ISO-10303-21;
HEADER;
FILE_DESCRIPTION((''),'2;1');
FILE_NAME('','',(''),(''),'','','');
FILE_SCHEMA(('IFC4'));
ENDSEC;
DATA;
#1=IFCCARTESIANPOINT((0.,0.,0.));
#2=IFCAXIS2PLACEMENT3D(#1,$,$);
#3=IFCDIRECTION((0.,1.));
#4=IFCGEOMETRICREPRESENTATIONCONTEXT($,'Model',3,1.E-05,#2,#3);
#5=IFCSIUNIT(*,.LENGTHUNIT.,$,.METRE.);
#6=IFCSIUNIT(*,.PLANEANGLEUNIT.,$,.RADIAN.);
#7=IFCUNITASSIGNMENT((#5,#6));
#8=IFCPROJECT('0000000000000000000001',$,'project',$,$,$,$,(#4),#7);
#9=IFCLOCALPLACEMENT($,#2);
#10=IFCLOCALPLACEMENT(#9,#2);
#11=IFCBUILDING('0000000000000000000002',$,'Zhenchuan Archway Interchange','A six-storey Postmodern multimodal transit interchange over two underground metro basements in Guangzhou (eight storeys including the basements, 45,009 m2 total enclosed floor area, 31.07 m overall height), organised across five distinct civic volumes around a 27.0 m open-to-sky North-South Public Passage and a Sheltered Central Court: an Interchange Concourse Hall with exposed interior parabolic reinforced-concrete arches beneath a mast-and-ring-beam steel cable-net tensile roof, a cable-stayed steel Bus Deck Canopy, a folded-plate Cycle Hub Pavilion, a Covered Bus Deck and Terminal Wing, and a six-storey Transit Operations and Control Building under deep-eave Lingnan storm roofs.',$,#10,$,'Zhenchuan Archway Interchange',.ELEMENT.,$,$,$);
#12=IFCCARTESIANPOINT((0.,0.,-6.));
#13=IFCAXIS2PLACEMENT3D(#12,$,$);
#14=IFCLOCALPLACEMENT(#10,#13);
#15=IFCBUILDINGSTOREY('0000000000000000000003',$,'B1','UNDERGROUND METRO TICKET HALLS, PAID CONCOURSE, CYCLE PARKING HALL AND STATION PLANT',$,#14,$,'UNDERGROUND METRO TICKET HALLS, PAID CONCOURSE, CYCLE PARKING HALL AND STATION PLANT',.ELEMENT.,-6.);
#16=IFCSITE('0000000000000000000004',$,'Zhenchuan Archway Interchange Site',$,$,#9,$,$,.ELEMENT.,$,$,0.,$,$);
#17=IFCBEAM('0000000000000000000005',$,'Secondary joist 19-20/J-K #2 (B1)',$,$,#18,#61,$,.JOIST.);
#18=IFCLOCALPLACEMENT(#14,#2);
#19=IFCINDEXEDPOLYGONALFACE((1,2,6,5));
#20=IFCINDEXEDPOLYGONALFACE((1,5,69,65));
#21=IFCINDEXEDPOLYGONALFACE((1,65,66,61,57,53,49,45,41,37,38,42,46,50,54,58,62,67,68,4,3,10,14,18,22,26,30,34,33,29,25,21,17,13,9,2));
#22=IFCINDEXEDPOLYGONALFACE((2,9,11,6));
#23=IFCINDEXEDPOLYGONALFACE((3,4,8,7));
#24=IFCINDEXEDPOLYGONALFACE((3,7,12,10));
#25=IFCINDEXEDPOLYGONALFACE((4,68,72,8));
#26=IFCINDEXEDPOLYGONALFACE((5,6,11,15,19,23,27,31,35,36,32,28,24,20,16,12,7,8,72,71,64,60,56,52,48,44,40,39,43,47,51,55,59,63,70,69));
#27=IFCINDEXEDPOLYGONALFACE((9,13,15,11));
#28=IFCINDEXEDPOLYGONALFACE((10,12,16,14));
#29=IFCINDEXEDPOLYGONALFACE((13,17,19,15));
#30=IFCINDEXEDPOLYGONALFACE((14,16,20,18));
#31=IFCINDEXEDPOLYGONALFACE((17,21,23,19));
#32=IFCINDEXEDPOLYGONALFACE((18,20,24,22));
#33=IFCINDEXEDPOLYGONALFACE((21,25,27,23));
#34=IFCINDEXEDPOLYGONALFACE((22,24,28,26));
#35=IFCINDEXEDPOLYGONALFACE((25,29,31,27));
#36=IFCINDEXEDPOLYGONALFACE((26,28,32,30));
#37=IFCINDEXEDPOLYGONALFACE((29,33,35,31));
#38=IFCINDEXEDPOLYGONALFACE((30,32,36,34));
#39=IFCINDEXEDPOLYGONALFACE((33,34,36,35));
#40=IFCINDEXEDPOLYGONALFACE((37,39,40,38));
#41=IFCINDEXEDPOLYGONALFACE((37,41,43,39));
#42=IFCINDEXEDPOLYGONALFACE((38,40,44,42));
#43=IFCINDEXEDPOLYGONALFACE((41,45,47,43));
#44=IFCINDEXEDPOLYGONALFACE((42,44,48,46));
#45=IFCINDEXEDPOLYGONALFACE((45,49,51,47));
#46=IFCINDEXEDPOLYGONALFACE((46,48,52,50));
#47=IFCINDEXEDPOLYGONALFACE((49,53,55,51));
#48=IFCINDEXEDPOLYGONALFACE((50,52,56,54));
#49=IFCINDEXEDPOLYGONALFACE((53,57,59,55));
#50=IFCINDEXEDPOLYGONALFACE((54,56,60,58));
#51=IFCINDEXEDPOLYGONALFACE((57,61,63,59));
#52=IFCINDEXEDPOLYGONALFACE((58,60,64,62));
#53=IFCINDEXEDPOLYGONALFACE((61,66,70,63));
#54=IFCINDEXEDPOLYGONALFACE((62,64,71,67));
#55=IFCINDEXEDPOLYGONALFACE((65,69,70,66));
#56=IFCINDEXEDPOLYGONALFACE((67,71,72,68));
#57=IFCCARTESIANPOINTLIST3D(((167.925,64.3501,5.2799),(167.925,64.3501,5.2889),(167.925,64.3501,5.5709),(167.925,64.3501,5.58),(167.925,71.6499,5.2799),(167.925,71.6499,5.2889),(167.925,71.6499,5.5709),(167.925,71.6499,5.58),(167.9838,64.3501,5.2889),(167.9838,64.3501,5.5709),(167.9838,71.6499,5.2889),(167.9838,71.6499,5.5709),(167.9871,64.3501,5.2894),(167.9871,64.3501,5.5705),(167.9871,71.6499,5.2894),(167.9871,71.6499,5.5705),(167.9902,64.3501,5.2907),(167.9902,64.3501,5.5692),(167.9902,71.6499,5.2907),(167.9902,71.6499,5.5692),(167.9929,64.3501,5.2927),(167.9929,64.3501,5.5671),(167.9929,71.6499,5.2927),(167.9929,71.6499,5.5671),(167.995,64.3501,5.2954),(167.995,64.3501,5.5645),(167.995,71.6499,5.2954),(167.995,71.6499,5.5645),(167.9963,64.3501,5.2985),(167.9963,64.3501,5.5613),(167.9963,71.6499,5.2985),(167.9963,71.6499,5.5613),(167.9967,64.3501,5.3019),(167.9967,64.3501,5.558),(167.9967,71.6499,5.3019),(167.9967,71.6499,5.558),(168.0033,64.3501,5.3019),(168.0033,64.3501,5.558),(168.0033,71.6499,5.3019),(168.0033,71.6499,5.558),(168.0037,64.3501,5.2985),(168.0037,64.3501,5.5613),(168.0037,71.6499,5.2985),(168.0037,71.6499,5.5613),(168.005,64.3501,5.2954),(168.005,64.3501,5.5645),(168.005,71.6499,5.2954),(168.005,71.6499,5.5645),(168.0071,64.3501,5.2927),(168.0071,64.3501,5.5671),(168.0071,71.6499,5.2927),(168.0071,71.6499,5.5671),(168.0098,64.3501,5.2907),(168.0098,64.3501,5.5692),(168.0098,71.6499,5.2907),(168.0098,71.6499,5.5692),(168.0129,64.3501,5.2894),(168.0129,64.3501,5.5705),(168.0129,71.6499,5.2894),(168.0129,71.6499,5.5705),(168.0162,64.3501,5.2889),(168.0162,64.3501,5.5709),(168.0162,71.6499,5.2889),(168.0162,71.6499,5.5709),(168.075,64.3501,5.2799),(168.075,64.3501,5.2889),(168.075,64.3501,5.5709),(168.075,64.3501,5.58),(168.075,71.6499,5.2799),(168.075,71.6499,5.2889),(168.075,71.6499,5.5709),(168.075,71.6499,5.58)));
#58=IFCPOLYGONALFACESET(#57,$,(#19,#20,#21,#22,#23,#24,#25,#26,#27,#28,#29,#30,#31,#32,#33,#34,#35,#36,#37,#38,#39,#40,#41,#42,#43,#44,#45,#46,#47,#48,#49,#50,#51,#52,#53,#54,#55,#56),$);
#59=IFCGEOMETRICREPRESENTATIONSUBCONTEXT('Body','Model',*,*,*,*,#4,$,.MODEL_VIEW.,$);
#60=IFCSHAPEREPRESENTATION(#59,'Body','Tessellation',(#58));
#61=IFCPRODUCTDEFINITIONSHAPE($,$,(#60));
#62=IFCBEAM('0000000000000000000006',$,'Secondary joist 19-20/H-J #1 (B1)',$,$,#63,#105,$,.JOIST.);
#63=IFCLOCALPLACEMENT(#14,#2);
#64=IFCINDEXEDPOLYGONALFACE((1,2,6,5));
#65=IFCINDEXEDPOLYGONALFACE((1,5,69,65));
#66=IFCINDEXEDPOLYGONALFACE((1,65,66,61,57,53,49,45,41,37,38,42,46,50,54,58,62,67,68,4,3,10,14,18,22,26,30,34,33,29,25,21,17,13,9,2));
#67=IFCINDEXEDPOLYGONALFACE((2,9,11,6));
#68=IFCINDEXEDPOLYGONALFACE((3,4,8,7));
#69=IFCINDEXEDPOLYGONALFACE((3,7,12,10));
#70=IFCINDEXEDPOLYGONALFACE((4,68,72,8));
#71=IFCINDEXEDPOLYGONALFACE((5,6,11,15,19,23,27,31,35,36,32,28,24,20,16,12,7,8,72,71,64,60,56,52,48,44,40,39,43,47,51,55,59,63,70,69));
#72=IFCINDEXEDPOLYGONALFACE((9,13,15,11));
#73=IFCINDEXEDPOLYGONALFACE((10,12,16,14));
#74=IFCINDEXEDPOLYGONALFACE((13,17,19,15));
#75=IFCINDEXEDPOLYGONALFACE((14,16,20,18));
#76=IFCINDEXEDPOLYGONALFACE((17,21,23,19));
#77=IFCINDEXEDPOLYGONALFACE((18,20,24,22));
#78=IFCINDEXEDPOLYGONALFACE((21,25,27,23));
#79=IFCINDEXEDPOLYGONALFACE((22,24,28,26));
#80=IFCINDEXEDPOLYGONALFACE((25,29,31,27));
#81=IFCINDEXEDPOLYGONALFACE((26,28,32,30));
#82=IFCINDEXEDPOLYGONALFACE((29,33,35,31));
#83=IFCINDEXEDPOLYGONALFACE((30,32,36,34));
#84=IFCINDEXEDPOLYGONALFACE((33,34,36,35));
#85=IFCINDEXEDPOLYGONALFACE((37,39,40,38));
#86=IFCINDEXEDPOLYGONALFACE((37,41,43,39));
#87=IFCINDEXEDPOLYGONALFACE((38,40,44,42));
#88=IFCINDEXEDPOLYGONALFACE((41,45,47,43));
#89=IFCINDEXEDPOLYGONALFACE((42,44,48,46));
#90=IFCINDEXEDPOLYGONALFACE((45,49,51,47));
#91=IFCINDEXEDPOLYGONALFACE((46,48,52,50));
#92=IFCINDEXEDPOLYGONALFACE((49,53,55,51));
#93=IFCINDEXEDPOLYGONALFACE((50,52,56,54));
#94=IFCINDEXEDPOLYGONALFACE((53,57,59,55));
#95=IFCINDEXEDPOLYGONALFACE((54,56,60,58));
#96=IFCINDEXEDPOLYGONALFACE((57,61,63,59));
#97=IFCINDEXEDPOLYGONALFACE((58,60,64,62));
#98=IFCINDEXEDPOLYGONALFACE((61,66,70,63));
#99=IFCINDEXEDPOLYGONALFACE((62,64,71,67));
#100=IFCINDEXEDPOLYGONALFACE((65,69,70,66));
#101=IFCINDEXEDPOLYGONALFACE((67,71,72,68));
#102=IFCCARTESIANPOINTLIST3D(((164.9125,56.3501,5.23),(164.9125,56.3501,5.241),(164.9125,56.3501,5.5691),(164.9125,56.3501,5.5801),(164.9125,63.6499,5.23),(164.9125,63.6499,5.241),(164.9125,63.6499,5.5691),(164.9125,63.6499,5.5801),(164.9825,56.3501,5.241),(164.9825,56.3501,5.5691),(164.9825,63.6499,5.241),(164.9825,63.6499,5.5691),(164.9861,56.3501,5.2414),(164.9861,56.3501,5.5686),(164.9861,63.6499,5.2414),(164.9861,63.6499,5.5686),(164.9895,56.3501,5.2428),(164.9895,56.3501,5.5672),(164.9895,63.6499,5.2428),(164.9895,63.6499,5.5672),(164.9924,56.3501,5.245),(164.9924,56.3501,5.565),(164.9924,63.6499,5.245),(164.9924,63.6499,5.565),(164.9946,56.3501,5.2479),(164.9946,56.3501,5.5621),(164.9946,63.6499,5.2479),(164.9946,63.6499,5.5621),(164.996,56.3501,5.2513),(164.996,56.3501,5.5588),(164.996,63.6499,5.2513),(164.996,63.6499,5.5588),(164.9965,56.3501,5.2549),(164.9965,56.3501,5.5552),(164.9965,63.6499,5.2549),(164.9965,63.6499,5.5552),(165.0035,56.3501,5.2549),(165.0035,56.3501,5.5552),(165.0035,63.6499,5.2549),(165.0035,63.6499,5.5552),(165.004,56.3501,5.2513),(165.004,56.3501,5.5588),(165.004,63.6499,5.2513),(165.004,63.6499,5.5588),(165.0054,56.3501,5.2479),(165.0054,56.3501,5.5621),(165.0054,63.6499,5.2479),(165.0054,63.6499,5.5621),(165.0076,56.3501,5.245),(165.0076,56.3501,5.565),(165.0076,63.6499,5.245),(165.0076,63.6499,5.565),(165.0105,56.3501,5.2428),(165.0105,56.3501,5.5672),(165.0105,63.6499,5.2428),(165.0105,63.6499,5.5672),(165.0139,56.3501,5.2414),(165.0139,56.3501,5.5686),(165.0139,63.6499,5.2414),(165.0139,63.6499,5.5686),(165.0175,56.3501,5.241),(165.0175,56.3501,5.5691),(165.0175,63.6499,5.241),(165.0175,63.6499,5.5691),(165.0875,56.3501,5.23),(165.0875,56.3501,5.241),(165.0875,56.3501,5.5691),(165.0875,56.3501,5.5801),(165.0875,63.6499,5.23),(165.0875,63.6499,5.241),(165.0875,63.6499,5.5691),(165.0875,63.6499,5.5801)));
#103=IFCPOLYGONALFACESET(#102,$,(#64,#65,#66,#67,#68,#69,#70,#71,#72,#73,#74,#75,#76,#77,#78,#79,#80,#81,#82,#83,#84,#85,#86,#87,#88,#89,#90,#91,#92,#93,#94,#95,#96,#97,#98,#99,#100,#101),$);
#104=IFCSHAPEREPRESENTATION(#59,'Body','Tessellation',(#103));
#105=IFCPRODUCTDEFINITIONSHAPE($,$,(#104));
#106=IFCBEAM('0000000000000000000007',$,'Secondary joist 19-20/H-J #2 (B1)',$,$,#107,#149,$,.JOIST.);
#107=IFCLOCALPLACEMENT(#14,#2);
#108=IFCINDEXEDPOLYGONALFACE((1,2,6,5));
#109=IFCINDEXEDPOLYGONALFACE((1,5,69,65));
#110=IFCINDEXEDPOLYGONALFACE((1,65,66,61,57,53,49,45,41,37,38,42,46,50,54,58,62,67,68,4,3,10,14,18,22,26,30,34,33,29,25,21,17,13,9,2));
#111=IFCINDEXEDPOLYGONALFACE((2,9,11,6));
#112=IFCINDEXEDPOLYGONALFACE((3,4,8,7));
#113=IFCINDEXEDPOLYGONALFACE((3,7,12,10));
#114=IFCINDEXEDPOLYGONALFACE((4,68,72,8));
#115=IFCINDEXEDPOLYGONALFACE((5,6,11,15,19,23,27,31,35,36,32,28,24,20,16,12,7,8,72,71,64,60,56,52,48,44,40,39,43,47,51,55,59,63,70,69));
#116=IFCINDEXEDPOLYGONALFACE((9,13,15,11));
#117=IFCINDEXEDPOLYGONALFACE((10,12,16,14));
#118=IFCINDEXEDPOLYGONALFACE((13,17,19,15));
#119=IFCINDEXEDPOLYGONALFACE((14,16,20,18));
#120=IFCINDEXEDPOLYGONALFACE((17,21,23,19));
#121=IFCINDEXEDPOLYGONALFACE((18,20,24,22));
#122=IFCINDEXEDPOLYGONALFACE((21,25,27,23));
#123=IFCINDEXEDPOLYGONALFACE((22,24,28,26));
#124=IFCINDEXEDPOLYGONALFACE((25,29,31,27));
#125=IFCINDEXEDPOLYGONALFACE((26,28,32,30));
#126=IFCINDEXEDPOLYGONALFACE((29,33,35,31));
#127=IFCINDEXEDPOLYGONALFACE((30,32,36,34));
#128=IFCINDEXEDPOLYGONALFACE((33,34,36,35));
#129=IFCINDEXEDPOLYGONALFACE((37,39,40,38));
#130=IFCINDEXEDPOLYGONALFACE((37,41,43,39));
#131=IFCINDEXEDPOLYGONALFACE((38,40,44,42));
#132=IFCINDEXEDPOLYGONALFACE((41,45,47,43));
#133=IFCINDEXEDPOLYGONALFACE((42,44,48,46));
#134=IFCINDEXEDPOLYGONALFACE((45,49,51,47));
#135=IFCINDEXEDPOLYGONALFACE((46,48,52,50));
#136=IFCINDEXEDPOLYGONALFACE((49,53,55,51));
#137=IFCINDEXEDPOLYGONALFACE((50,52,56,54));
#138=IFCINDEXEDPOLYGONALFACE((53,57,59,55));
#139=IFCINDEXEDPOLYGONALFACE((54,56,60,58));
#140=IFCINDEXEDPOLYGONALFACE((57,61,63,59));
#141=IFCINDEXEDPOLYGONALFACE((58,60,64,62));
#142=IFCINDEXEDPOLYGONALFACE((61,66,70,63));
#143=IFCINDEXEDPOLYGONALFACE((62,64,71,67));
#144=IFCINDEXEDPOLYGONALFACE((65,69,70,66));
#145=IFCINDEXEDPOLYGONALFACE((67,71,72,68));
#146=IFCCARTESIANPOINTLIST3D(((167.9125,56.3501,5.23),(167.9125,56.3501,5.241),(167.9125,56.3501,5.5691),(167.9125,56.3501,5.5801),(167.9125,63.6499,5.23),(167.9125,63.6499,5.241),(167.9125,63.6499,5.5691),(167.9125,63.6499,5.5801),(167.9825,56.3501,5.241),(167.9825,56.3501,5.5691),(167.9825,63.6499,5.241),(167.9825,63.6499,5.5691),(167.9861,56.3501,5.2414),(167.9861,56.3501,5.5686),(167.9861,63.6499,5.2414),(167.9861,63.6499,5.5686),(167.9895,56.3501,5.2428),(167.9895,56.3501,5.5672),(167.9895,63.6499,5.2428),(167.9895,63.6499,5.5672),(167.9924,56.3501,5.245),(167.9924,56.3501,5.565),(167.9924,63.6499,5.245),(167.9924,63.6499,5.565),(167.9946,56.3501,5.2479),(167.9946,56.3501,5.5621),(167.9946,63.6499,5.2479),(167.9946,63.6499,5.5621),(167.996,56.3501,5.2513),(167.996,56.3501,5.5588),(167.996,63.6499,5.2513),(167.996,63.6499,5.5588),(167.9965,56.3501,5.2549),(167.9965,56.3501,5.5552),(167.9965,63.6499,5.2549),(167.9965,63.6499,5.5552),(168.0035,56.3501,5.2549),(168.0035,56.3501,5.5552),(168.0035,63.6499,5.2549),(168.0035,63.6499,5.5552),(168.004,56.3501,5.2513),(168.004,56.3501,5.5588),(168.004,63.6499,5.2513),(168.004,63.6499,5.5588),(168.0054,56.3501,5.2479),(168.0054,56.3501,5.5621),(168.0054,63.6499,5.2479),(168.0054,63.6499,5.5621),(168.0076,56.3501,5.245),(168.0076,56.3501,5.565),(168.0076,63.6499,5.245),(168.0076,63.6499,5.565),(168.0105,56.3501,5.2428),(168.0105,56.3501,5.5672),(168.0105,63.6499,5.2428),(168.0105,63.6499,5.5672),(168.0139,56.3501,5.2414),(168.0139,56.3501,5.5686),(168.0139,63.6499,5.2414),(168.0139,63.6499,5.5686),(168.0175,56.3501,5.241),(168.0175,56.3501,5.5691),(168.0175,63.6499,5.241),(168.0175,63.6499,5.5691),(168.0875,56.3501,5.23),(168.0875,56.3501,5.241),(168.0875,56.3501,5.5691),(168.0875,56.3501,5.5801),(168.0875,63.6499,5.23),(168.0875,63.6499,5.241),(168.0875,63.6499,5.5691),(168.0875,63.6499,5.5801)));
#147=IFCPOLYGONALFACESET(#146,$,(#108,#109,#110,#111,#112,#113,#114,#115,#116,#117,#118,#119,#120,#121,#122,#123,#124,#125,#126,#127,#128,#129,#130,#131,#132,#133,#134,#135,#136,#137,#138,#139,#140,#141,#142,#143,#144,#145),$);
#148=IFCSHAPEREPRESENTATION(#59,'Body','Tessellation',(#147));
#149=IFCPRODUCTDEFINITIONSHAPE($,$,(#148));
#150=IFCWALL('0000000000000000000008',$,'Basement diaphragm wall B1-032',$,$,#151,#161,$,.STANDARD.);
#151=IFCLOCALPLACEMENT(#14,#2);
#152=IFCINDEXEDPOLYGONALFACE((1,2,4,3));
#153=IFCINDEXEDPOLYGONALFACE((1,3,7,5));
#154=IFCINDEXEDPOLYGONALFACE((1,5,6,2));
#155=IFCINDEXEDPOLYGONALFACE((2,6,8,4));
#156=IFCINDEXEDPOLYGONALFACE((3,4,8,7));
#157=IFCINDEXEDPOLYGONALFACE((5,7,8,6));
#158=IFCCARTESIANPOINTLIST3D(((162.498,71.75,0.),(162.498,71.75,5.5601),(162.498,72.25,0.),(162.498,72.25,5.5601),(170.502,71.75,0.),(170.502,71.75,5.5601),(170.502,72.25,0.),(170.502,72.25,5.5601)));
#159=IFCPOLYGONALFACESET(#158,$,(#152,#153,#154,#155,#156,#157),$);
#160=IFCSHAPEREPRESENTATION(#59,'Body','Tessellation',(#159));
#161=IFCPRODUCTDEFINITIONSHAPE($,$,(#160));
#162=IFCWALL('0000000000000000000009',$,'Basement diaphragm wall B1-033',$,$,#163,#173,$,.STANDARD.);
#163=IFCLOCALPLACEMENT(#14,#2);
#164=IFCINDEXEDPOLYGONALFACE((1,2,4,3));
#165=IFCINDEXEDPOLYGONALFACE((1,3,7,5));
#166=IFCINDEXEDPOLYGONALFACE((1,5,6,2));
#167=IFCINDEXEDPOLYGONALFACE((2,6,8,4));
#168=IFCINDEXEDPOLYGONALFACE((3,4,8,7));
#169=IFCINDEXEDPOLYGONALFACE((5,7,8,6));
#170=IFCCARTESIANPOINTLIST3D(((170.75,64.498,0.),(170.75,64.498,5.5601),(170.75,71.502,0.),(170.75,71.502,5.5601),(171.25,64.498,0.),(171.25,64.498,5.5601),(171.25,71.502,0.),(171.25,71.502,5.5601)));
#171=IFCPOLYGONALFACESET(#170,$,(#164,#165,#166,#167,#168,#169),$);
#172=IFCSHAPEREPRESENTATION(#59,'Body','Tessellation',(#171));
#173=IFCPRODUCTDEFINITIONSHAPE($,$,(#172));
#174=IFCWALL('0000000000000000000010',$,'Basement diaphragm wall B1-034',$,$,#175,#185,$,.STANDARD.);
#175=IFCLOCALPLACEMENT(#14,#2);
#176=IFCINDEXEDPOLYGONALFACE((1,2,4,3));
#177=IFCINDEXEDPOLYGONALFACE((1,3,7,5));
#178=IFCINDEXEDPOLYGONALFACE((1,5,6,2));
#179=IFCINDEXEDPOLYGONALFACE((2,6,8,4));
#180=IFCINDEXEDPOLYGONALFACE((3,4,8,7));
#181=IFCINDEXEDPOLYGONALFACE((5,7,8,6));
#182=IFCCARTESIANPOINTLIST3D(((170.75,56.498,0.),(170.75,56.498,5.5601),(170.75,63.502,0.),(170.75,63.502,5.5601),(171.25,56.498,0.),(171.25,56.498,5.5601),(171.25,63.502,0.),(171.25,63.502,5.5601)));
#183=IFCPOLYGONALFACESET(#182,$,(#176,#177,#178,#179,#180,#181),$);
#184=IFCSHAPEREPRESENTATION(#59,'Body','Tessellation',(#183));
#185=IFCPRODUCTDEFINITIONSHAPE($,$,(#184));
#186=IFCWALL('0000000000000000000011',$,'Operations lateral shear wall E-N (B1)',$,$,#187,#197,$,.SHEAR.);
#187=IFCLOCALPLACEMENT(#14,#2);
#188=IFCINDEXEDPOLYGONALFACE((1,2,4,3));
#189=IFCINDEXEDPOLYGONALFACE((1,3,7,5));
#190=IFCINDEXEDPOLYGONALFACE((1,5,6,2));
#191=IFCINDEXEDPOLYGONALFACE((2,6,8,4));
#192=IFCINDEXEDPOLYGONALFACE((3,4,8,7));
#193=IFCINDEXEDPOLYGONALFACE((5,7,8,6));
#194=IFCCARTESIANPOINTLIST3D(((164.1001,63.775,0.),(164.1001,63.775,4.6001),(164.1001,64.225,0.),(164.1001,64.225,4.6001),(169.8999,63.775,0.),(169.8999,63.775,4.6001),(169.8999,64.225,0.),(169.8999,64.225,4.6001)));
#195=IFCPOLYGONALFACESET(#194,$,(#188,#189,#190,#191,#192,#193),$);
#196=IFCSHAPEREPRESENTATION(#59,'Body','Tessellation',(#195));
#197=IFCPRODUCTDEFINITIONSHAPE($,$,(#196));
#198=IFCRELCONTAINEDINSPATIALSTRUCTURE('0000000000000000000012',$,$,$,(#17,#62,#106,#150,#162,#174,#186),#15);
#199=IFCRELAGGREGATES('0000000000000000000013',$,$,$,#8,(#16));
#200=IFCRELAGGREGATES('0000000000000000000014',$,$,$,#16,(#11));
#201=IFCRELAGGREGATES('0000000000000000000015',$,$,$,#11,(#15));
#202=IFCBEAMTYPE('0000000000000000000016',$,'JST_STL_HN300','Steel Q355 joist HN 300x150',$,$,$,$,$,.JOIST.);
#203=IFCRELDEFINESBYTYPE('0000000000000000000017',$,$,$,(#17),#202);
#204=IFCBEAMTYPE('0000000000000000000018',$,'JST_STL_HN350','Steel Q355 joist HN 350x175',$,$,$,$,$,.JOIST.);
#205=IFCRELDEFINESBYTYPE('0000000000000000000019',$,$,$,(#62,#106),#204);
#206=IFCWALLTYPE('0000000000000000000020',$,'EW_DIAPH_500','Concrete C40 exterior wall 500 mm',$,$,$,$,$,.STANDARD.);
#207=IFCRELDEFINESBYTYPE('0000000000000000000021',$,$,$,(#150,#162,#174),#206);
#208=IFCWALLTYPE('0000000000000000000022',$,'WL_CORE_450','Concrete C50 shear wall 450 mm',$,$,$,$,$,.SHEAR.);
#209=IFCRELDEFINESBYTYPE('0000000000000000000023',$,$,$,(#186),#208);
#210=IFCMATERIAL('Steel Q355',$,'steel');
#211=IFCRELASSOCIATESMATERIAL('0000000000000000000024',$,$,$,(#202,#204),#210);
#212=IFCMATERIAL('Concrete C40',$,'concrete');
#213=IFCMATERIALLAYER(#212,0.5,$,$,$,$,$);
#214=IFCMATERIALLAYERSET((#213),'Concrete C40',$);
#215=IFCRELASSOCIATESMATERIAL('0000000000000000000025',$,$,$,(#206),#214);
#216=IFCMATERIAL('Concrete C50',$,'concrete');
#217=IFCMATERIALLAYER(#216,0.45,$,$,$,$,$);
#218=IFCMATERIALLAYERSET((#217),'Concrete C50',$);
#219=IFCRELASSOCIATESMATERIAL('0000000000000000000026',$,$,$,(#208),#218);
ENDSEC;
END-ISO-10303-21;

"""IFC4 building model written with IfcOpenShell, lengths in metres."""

from ifc_helpers import new_model, si_unit, direction, frame, frame_2d, origin, origin_2d, place, context, subcontext, project, spatial, rectangle, i_section, extrude, material, layer, layer_set, material_profile, profile_set, type_object, element, save


model = new_model("IFC4")

# Units and contexts
model_context = context("Model", 3, precision=1e-05, world=origin(), true_north=direction((0.0, 1.0)))
body_context = subcontext(model_context, "Body", "Model", "MODEL_VIEW")
ifc_project = project(units=[si_unit("LENGTHUNIT", "METRE"), si_unit("PLANEANGLEUNIT", "RADIAN")], contexts=[model_context])

# Site, building, storey
site_placement = place(None, origin())
site = spatial("IfcSite", under=ifc_project, at=site_placement, Name="Zhenchuan Archway Interchange Site", CompositionType="ELEMENT", RefElevation=0.0)
building_placement = place(site_placement, origin())
building = spatial("IfcBuilding", under=site, at=building_placement, Name="Zhenchuan Archway Interchange", Description="A six-storey Postmodern multimodal transit interchange over two underground metro basements in Guangzhou (eight storeys including the basements, 45,009 m2 total enclosed floor area, 31.07 m overall height), organised across five distinct civic volumes around a 27.0 m open-to-sky North-South Public Passage and a Sheltered Central Court: an Interchange Concourse Hall with exposed interior parabolic reinforced-concrete arches beneath a mast-and-ring-beam steel cable-net tensile roof, a cable-stayed steel Bus Deck Canopy, a folded-plate Cycle Hub Pavilion, a Covered Bus Deck and Terminal Wing, and a six-storey Transit Operations and Control Building under deep-eave Lingnan storm roofs.", LongName="Zhenchuan Archway Interchange", CompositionType="ELEMENT")
storey_placement = place(building_placement, frame((0.0, 0.0, -6.0)))
storey = spatial("IfcBuildingStorey", under=building, at=storey_placement, Name="B1", Description="UNDERGROUND METRO TICKET HALLS, PAID CONCOURSE, CYCLE PARKING HALL AND STATION PLANT", LongName="UNDERGROUND METRO TICKET HALLS, PAID CONCOURSE, CYCLE PARKING HALL AND STATION PLANT", CompositionType="ELEMENT", Elevation=-6.0)

# Shared definitions
ifc_material_1 = material(Name="Concrete C50", Category="concrete")

# Beams
ifc_material_2 = material(Name="Concrete C40", Category="concrete")
ifc_material_3 = material(Name="Steel Q355", Category="steel")
ifc_material_profile_1 = material_profile(ifc_material_3, i_section(OverallWidth=0.1499, OverallDepth=0.3, WebThickness=0.0066, FlangeThickness=0.009, FilletRadius=0.0129, at=origin_2d()), Name="HN 300x150")
ifc_profile_set_1 = profile_set([ifc_material_profile_1], Name="Steel Q355")
beam_type_1 = type_object("IfcBeamType", Name="JST_STL_HN300", Description="Steel Q355 joist HN 300x150", PredefinedType="JOIST", material=ifc_profile_set_1)
for number, where, z_axis, x_axis, name in (
    (1, (168.0, 64.3501, 5.4299), (0.0, 1.0, 0.0), (-1.0, 0.0, 0.0), "Secondary joist 19-20/J-K #2 (B1)"),
):
    element("IfcBeam", number, at=place(storey_placement, frame(where, z_axis=z_axis, x_axis=x_axis)), inside=storey, type_object=beam_type_1, Name=name, PredefinedType="JOIST", context=body_context, shape_type="SweptSolid", body=[
        extrude(i_section(OverallWidth=0.1499, OverallDepth=0.3, WebThickness=0.0066, FlangeThickness=0.009, FilletRadius=0.0129, at=origin_2d()), origin(), (0.0, 0.0, 1.0), 7.2998),
    ])
ifc_material_profile_2 = material_profile(ifc_material_3, i_section(OverallWidth=0.175, OverallDepth=0.3501, WebThickness=0.0071, FlangeThickness=0.011, FilletRadius=0.0139, at=origin_2d()), Name="HN 350x175")
ifc_profile_set_2 = profile_set([ifc_material_profile_2], Name="Steel Q355")
beam_type_2 = type_object("IfcBeamType", Name="JST_STL_HN350", Description="Steel Q355 joist HN 350x175", PredefinedType="JOIST", material=ifc_profile_set_2)
for number, where, z_axis, x_axis, name in (
    (2, (165.0, 56.3501, 5.405), (0.0, 1.0, 0.0), (-1.0, 0.0, 0.0), "Secondary joist 19-20/H-J #1 (B1)"),
    (3, (168.0, 56.3501, 5.405), (0.0, 1.0, 0.0), (-1.0, 0.0, 0.0), "Secondary joist 19-20/H-J #2 (B1)"),
):
    element("IfcBeam", number, at=place(storey_placement, frame(where, z_axis=z_axis, x_axis=x_axis)), inside=storey, type_object=beam_type_2, Name=name, PredefinedType="JOIST", context=body_context, shape_type="SweptSolid", body=[
        extrude(i_section(OverallWidth=0.175, OverallDepth=0.3501, WebThickness=0.0071, FlangeThickness=0.011, FilletRadius=0.0139, at=origin_2d()), origin(), (0.0, 0.0, 1.0), 7.2998),
    ])

# Walls
ifc_layer_1 = layer(ifc_material_2, 0.5)
ifc_layer_set_1 = layer_set([ifc_layer_1], Name="Concrete C40")
wall_type_1 = type_object("IfcWallType", Name="EW_DIAPH_500", Description="Concrete C40 exterior wall 500 mm", PredefinedType="STANDARD", material=ifc_layer_set_1)
wall_1_placement = place(storey_placement, frame((162.498, 72.0, 0.0), z_axis=(0.0, 0.0, 1.0), x_axis=(1.0, 0.0, 0.0)))
element("IfcWall", 4, at=wall_1_placement, inside=storey, type_object=wall_type_1, Name="Basement diaphragm wall B1-032", PredefinedType="STANDARD", context=body_context, shape_type="SweptSolid", body=[
    extrude(rectangle(XDim=8.0039, YDim=0.5, at=frame_2d((4.002, 0.0))), origin(), (0.0, 0.0, 1.0), 5.5601),
])
for number, where, z_axis, x_axis, name in (
    (5, (171.0, 71.502, 0.0), (0.0, 0.0, 1.0), (0.0, -1.0, 0.0), "Basement diaphragm wall B1-033"),
    (6, (171.0, 63.502, 0.0), (0.0, 0.0, 1.0), (0.0, -1.0, 0.0), "Basement diaphragm wall B1-034"),
):
    element("IfcWall", number, at=place(storey_placement, frame(where, z_axis=z_axis, x_axis=x_axis)), inside=storey, type_object=wall_type_1, Name=name, PredefinedType="STANDARD", context=body_context, shape_type="SweptSolid", body=[
        extrude(rectangle(XDim=7.0039, YDim=0.5, at=frame_2d((3.502, 0.0))), origin(), (0.0, 0.0, 1.0), 5.5601),
    ])
ifc_layer_2 = layer(ifc_material_1, 0.45)
ifc_layer_set_2 = layer_set([ifc_layer_2], Name="Concrete C50")
wall_type_2 = type_object("IfcWallType", Name="WL_CORE_450", Description="Concrete C50 shear wall 450 mm", PredefinedType="SHEAR", material=ifc_layer_set_2)
wall_2_placement = place(storey_placement, frame((164.1001, 64.0, 0.0), z_axis=(0.0, 0.0, 1.0), x_axis=(1.0, 0.0, 0.0)))
element("IfcWall", 7, at=wall_2_placement, inside=storey, type_object=wall_type_2, Name="Operations lateral shear wall E-N (B1)", PredefinedType="SHEAR", context=body_context, shape_type="SweptSolid", body=[
    extrude(rectangle(XDim=5.7998, YDim=0.45, at=frame_2d((2.8999, 0.0))), origin(), (0.0, 0.0, 1.0), 4.6001),
])

save(model, "model.ifc")
